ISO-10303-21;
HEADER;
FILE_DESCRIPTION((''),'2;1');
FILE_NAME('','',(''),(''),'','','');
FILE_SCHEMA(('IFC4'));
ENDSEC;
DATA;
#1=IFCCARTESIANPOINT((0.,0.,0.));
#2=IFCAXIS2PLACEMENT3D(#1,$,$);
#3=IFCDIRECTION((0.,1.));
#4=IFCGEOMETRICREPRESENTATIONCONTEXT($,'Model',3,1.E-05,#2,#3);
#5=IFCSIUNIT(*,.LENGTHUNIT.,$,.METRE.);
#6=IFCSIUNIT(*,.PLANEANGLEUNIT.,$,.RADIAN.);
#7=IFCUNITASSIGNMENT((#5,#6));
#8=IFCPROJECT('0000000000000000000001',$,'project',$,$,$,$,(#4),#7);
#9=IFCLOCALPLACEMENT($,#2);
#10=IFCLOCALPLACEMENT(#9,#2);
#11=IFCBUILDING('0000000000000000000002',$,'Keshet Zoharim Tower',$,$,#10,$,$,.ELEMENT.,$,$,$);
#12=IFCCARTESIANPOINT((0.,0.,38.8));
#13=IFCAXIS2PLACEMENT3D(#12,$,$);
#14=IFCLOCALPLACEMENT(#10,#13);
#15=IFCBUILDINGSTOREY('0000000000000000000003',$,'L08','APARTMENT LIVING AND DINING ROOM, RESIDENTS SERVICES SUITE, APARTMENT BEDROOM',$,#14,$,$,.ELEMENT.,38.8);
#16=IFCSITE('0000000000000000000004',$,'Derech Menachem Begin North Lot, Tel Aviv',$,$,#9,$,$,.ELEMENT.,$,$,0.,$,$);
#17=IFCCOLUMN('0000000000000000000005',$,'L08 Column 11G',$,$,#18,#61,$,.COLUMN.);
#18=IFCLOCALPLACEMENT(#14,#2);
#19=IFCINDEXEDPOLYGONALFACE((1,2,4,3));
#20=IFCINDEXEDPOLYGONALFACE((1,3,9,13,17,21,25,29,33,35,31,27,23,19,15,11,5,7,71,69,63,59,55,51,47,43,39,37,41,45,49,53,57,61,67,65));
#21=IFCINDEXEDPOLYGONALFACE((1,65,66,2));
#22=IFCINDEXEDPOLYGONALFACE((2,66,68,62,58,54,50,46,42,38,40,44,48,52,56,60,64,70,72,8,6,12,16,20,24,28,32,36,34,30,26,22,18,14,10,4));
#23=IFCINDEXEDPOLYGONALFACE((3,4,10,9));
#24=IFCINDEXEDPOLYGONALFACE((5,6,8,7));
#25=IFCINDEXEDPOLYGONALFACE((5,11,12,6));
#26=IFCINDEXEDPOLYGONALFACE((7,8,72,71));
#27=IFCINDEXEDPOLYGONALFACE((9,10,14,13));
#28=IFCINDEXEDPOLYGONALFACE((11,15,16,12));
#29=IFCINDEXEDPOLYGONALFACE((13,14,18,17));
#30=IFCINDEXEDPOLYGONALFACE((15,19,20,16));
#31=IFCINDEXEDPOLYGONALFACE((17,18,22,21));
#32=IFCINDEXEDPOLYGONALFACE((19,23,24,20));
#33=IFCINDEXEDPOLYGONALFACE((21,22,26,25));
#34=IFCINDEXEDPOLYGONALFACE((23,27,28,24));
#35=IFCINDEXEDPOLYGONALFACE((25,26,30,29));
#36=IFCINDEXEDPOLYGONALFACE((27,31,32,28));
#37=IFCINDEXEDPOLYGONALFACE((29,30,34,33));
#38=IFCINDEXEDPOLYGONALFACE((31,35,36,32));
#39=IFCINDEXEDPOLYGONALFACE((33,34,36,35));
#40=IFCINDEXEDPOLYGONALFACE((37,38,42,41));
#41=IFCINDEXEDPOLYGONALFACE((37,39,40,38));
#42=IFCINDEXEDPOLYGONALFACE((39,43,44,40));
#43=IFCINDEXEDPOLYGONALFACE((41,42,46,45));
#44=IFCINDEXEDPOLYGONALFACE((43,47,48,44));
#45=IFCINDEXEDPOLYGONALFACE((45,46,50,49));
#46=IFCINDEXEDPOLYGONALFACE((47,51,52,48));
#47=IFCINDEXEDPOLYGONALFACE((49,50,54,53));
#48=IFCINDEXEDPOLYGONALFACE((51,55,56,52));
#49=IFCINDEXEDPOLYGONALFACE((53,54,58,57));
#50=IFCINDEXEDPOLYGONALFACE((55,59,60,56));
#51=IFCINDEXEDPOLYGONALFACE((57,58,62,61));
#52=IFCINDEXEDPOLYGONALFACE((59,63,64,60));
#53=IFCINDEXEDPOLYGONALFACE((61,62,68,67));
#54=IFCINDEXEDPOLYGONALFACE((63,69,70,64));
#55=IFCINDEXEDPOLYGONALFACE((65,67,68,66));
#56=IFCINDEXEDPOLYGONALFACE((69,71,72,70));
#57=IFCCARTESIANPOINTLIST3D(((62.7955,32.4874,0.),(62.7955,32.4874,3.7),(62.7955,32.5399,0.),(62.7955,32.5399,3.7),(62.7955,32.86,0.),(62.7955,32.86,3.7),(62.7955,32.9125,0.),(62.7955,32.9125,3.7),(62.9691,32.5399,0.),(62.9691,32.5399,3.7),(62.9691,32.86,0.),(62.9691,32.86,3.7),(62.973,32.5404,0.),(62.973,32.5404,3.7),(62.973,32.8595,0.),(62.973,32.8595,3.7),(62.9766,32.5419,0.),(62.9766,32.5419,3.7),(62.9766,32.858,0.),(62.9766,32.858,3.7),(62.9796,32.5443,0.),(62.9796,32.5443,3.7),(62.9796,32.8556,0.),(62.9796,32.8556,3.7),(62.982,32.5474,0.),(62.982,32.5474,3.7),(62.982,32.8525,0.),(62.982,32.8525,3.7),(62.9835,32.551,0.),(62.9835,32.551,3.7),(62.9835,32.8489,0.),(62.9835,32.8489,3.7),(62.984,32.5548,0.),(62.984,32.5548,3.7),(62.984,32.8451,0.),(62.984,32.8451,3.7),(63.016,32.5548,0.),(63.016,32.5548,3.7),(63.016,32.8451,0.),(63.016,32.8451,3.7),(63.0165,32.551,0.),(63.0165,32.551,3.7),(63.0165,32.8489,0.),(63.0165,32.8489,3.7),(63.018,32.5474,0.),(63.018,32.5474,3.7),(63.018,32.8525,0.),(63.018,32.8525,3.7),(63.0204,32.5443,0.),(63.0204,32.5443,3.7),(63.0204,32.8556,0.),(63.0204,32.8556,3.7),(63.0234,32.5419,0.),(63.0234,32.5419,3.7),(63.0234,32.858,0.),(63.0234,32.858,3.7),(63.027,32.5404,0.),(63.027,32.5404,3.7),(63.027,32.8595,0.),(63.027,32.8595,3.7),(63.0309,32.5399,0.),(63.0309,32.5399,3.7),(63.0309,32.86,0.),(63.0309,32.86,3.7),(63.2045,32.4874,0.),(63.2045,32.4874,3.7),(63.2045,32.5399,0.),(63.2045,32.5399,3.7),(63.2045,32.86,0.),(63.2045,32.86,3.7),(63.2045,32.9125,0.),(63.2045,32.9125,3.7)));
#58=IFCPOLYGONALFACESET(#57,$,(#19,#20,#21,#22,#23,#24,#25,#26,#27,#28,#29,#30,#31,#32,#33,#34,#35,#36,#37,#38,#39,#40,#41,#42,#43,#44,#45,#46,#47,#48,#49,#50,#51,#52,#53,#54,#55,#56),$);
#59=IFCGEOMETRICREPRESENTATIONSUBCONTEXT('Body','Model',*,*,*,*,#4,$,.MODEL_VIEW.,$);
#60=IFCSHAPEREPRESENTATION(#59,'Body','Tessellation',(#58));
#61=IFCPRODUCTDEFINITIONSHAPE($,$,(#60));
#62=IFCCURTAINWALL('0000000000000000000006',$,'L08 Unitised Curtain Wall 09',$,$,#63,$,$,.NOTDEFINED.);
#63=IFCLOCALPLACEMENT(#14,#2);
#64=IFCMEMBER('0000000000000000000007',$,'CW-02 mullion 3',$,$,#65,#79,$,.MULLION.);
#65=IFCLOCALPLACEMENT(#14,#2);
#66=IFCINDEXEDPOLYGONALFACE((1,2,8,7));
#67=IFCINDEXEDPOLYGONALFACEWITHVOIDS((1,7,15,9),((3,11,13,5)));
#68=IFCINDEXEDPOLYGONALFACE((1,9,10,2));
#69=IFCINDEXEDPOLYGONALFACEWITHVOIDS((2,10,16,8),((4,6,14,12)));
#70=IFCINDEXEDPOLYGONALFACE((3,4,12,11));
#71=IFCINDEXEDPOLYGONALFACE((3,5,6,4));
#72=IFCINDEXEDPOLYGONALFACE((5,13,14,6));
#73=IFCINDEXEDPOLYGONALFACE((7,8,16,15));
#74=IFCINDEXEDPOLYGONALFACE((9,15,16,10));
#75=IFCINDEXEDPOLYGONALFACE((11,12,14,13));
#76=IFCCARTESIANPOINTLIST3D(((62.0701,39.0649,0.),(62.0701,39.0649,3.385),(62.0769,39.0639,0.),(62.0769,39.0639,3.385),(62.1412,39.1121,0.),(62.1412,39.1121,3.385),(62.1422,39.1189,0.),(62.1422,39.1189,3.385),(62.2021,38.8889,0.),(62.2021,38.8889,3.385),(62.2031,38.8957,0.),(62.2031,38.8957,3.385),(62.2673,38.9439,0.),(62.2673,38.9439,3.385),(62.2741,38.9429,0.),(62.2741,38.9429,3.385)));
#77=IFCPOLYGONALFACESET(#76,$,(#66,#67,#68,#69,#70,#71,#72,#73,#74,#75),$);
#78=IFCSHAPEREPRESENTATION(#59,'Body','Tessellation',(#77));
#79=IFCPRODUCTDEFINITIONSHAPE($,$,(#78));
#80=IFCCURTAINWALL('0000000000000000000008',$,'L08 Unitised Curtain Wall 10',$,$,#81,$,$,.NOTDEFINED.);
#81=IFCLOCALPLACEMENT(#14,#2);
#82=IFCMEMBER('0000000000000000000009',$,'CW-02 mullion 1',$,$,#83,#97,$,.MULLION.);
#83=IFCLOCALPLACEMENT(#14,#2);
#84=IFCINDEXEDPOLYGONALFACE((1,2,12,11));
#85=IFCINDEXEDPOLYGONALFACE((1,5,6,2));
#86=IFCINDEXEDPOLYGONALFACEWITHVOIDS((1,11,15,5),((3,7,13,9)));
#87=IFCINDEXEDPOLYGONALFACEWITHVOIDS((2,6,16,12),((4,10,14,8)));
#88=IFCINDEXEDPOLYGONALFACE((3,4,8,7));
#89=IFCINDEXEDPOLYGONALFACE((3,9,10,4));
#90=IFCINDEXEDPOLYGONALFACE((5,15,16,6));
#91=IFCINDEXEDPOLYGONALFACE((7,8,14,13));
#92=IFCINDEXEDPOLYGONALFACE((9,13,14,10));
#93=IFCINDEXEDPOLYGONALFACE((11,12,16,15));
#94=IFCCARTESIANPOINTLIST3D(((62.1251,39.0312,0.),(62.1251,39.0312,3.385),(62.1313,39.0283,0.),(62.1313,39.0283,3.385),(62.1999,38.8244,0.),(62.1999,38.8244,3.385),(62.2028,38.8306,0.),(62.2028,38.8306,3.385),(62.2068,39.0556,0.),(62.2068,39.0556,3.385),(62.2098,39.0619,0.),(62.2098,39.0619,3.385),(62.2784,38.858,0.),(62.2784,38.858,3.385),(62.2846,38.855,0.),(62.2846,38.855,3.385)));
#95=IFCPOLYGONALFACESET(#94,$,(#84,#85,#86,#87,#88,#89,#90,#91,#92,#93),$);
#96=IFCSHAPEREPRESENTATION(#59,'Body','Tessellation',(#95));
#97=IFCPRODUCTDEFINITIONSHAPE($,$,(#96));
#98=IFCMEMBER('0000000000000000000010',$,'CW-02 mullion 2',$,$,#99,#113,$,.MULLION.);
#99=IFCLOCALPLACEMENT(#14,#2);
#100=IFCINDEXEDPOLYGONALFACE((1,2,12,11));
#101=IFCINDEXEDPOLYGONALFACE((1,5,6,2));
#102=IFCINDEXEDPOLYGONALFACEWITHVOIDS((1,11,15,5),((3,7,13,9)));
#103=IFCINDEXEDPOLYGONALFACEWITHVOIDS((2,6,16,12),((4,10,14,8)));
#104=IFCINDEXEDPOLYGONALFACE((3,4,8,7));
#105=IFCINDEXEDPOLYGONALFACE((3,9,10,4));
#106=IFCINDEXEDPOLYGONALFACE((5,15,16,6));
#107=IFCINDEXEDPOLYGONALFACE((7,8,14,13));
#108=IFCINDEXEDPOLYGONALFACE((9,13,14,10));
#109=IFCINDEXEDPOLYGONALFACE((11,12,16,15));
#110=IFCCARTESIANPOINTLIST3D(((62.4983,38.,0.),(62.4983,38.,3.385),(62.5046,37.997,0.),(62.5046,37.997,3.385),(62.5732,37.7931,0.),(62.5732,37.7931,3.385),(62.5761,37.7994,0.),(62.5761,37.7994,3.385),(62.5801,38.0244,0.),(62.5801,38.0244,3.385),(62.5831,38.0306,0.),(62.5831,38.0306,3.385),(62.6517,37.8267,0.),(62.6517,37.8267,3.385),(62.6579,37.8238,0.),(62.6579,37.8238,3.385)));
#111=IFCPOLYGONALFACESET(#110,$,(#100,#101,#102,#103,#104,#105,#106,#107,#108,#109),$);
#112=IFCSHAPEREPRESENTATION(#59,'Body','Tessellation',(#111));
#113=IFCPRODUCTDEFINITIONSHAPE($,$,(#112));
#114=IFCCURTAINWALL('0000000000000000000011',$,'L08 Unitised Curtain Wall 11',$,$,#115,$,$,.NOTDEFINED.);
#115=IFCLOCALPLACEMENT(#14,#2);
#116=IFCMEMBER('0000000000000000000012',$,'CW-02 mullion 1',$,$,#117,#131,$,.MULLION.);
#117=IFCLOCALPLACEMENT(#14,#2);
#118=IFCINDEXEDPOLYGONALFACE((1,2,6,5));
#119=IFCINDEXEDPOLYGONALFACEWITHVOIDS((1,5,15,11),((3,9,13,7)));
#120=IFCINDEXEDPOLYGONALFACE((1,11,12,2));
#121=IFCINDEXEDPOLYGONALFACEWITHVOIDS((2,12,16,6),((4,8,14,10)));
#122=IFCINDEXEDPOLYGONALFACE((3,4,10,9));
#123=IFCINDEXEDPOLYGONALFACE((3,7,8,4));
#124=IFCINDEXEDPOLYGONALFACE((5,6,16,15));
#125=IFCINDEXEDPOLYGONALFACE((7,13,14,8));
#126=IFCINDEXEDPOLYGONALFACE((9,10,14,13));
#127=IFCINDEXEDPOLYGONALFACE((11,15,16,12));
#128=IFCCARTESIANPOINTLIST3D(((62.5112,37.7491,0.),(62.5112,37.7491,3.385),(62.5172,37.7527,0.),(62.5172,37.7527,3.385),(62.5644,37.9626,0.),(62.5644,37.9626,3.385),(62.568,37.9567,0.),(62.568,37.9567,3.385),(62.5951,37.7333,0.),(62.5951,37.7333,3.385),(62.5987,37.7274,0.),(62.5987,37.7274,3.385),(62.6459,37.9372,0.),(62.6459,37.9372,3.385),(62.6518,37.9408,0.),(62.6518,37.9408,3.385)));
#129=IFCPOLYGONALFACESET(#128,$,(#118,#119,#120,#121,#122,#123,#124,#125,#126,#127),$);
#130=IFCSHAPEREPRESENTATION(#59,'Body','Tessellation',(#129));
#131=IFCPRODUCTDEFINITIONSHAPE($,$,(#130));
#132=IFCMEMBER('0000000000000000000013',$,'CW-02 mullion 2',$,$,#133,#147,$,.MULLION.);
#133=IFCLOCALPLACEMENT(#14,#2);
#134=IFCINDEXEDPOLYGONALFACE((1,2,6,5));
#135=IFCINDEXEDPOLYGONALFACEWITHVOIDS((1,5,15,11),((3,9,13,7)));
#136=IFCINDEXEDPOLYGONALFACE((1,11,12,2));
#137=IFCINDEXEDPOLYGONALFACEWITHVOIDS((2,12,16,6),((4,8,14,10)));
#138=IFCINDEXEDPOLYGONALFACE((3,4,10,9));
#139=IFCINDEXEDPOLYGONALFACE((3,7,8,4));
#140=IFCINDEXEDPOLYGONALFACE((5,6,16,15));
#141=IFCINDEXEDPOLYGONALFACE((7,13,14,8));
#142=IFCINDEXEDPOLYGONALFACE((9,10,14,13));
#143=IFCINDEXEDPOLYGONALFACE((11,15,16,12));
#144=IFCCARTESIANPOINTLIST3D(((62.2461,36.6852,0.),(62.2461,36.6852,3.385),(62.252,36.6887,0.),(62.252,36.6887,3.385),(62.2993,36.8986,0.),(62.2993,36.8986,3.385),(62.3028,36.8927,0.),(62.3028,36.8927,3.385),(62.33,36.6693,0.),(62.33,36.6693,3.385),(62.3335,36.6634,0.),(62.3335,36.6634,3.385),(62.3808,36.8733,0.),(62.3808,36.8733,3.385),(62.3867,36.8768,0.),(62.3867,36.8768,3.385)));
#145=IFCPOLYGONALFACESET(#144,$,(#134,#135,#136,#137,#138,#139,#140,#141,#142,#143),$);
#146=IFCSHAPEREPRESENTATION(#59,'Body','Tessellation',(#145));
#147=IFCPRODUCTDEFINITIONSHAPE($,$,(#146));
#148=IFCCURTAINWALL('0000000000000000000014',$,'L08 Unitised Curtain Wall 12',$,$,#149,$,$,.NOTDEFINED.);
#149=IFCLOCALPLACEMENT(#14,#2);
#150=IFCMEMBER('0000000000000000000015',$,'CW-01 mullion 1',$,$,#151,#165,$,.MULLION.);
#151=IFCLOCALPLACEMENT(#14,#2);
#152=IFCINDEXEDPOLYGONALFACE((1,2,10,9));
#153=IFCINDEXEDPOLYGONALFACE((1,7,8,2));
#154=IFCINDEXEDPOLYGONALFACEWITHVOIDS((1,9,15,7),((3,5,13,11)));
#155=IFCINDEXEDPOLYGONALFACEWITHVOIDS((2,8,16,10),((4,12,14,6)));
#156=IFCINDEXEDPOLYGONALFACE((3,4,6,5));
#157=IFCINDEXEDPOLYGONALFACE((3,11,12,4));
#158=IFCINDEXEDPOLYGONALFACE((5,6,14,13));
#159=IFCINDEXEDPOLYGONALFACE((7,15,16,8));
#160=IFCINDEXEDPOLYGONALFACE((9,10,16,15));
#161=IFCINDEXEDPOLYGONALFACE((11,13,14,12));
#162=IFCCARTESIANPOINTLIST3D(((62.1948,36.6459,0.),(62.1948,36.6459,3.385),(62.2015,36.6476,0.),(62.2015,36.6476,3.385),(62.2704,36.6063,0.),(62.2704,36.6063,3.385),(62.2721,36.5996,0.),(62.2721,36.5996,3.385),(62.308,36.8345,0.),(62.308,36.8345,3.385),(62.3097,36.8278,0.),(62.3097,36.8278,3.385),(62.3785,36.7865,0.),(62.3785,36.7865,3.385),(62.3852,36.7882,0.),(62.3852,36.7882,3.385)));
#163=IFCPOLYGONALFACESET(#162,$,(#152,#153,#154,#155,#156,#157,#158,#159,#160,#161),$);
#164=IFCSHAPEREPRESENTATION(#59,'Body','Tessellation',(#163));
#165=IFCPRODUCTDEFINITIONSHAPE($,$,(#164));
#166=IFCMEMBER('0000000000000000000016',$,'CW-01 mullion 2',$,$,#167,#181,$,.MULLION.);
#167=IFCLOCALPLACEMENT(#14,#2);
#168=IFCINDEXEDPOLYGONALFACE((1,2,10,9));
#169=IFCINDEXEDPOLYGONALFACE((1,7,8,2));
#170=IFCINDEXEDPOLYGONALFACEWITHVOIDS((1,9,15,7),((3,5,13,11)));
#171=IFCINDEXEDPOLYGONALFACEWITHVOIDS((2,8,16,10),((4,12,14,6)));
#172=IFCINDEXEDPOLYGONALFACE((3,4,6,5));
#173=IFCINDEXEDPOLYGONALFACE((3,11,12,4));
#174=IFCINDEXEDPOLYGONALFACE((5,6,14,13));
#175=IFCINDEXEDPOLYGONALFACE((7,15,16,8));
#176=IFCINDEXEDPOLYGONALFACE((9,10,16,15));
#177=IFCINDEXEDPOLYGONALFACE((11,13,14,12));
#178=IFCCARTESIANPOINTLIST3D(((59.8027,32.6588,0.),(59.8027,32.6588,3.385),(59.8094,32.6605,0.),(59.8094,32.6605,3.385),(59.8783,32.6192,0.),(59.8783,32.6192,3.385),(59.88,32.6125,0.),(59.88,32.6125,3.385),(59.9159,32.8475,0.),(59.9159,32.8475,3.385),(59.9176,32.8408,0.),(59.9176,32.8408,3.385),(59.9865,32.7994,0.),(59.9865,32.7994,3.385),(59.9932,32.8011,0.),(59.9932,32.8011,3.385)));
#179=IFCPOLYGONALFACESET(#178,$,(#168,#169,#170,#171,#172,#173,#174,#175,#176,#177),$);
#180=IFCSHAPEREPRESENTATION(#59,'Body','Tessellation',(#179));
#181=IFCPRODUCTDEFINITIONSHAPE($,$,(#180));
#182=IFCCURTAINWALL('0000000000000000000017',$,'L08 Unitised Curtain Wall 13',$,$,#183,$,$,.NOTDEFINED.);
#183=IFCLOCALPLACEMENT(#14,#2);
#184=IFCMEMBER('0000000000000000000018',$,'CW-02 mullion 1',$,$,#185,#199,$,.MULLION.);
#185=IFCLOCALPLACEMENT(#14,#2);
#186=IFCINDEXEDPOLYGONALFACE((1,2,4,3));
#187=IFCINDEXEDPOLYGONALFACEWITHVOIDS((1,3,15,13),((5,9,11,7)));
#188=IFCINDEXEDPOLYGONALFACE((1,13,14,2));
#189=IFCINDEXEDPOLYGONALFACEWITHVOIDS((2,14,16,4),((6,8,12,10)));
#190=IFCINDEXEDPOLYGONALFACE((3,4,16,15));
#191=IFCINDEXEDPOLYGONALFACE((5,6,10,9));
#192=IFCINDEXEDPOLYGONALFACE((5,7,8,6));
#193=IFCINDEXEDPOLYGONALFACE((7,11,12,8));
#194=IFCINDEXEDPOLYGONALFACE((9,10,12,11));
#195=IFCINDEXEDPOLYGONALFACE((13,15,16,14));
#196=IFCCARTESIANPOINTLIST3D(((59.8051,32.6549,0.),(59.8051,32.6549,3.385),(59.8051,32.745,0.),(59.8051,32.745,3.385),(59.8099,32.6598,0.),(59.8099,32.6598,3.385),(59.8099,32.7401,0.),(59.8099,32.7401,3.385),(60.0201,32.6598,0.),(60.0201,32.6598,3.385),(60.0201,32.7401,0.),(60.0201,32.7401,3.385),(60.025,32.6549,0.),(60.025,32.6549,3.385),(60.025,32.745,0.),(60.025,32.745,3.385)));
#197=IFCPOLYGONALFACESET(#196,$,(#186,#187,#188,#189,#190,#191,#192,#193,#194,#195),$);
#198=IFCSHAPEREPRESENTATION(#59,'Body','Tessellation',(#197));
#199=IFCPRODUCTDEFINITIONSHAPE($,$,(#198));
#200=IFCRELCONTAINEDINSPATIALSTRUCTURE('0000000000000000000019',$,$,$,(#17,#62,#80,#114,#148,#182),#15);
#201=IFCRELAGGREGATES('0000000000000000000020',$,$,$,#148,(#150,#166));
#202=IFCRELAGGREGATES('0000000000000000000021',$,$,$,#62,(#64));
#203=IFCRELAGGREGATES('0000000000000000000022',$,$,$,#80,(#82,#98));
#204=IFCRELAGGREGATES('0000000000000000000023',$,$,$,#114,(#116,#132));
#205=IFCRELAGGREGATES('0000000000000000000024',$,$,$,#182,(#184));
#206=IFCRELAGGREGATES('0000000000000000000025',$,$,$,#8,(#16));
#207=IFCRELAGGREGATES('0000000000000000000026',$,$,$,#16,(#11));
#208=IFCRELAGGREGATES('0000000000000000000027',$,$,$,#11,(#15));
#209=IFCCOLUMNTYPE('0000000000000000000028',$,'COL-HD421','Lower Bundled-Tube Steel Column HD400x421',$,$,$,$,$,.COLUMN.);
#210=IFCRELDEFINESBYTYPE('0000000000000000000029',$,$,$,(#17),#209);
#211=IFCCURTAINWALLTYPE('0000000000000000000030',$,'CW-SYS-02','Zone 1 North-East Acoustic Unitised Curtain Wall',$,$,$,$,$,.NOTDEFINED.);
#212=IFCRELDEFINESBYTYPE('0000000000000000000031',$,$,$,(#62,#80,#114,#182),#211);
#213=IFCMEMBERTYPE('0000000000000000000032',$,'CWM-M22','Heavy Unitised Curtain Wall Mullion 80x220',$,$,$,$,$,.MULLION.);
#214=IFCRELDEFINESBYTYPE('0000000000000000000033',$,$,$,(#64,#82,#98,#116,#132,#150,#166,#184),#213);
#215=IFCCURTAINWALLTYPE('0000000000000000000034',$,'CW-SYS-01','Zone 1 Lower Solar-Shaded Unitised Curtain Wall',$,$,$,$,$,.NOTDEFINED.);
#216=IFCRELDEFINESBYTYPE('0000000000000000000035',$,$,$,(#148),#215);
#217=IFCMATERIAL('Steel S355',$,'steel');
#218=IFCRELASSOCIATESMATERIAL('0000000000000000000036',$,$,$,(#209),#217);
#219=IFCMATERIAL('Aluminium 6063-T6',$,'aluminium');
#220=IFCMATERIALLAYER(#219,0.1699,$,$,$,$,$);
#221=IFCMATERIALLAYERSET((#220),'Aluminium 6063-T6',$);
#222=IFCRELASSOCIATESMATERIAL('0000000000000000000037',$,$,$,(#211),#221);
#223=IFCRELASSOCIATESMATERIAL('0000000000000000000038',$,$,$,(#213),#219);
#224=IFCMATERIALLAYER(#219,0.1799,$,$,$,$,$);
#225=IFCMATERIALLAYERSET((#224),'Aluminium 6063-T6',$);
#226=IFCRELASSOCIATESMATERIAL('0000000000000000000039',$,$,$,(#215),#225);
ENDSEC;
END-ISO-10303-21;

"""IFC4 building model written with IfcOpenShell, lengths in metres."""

from ifc_helpers import new_model, si_unit, direction, frame, origin, origin_2d, place, context, subcontext, project, spatial, hollow_rectangle, i_section, extrude, material, layer, layer_set, material_profile, profile_set, type_object, element, aggregate, save


model = new_model("IFC4")

# Units and contexts
model_context = context("Model", 3, precision=1e-05, world=origin(), true_north=direction((0.0, 1.0)))
body_context = subcontext(model_context, "Body", "Model", "MODEL_VIEW")
ifc_project = project(units=[si_unit("LENGTHUNIT", "METRE"), si_unit("PLANEANGLEUNIT", "RADIAN")], contexts=[model_context])

# Site, building, storey
site_placement = place(None, origin())
site = spatial("IfcSite", under=ifc_project, at=site_placement, Name="Derech Menachem Begin North Lot, Tel Aviv", CompositionType="ELEMENT", RefElevation=0.0)
building_placement = place(site_placement, origin())
building = spatial("IfcBuilding", under=site, at=building_placement, Name="Keshet Zoharim Tower", CompositionType="ELEMENT")
storey_placement = place(building_placement, frame((0.0, 0.0, 38.8)))
storey = spatial("IfcBuildingStorey", under=building, at=storey_placement, Name="L08", Description="APARTMENT LIVING AND DINING ROOM, RESIDENTS SERVICES SUITE, APARTMENT BEDROOM", CompositionType="ELEMENT", Elevation=38.8)

# Column
ifc_material_1 = material(Name="Steel S355", Category="steel")
ifc_material_profile_1 = material_profile(ifc_material_1, i_section(OverallWidth=0.4089, OverallDepth=0.425, WebThickness=0.032, FlangeThickness=0.0525, FilletRadius=0.0149, at=origin_2d()), Name="HD400x421")
ifc_profile_set_1 = profile_set([ifc_material_profile_1], Name="Steel S355")
column_type = type_object("IfcColumnType", Name="COL-HD421", Description="Lower Bundled-Tube Steel Column HD400x421", PredefinedType="COLUMN", material=ifc_profile_set_1)
column_placement = place(storey_placement, frame((63.0, 32.7, 0.0), z_axis=(0.0, 0.0, 1.0), x_axis=(1.0, 0.0, 0.0)))
element("IfcColumn", 1, at=column_placement, inside=storey, type_object=column_type, Name="L08 Column 11G", PredefinedType="COLUMN", context=body_context, shape_type="SweptSolid", body=[
    extrude(i_section(OverallWidth=0.4089, OverallDepth=0.425, WebThickness=0.032, FlangeThickness=0.0525, FilletRadius=0.0149, at=origin_2d()), origin(), (0.0, 0.0, 1.0), 3.7),
])

# Curtain wall, member
ifc_material_2 = material(Name="Aluminium 6063-T6", Category="aluminium")
ifc_layer_1 = layer(ifc_material_2, 0.1699)
ifc_layer_set_1 = layer_set([ifc_layer_1], Name="Aluminium 6063-T6")
curtain_wall_type_1 = type_object("IfcCurtainWallType", Name="CW-SYS-02", Description="Zone 1 North-East Acoustic Unitised Curtain Wall", PredefinedType="NOTDEFINED", material=ifc_layer_set_1)
curtain_wall_1_placement = place(storey_placement, origin())
curtain_wall_1 = element("IfcCurtainWall", 2, at=curtain_wall_1_placement, inside=storey, type_object=curtain_wall_type_1, Name="L08 Unitised Curtain Wall 09", PredefinedType="NOTDEFINED")
ifc_material_profile_2 = material_profile(ifc_material_2, hollow_rectangle(XDim=0.0901, YDim=0.22, WallThickness=0.0049, at=origin_2d()), Name="MUL-90x220")
ifc_profile_set_2 = profile_set([ifc_material_profile_2], Name="Aluminium 6063-T6")
member_type_1 = type_object("IfcMemberType", Name="CWM-M22", Description="Heavy Unitised Curtain Wall Mullion 80x220", PredefinedType="MULLION", material=ifc_profile_set_2)
member_1_placement = place(storey_placement, frame((62.1721, 39.0039, 0.0), z_axis=(0.0, 0.0, 1.0), x_axis=(0.8, 0.6, 0.0)))
member_1 = element("IfcMember", 3, at=member_1_placement, type_object=member_type_1, Name="CW-02 mullion 3", PredefinedType="MULLION", context=body_context, shape_type="SweptSolid", body=[
    extrude(hollow_rectangle(XDim=0.0901, YDim=0.22, WallThickness=0.0049, at=origin_2d()), origin(), (0.0, 0.0, 1.0), 3.385),
])

# Curtain walls, members
curtain_wall_2_placement = place(storey_placement, origin())
curtain_wall_2 = element("IfcCurtainWall", 4, at=curtain_wall_2_placement, inside=storey, type_object=curtain_wall_type_1, Name="L08 Unitised Curtain Wall 10", PredefinedType="NOTDEFINED")
member_2_placement = place(storey_placement, frame((62.2048, 38.9431, 0.0), z_axis=(0.0, 0.0, 1.0), x_axis=(0.940318, 0.340297, 0.0)))
member_2 = element("IfcMember", 5, at=member_2_placement, type_object=member_type_1, Name="CW-02 mullion 1", PredefinedType="MULLION", context=body_context, shape_type="SweptSolid", body=[
    extrude(hollow_rectangle(XDim=0.0901, YDim=0.22, WallThickness=0.0049, at=origin_2d()), origin(), (0.0, 0.0, 1.0), 3.385),
])
member_3_placement = place(storey_placement, frame((62.5781, 37.9119, 0.0), z_axis=(0.0, 0.0, 1.0), x_axis=(0.940318, 0.340297, 0.0)))
member_3 = element("IfcMember", 6, at=member_3_placement, type_object=member_type_1, Name="CW-02 mullion 2", PredefinedType="MULLION", context=body_context, shape_type="SweptSolid", body=[
    extrude(hollow_rectangle(XDim=0.0901, YDim=0.22, WallThickness=0.0049, at=origin_2d()), origin(), (0.0, 0.0, 1.0), 3.385),
])
curtain_wall_3_placement = place(storey_placement, origin())
curtain_wall_3 = element("IfcCurtainWall", 7, at=curtain_wall_3_placement, inside=storey, type_object=curtain_wall_type_1, Name="L08 Unitised Curtain Wall 11", PredefinedType="NOTDEFINED")
member_4_placement = place(storey_placement, frame((62.5815, 37.845, 0.0), z_axis=(0.0, 0.0, 1.0), x_axis=(0.970344, -0.241729, 0.0)))
member_4 = element("IfcMember", 8, at=member_4_placement, type_object=member_type_1, Name="CW-02 mullion 1", PredefinedType="MULLION", context=body_context, shape_type="SweptSolid", body=[
    extrude(hollow_rectangle(XDim=0.0901, YDim=0.22, WallThickness=0.0049, at=origin_2d()), origin(), (0.0, 0.0, 1.0), 3.385),
])
member_5_placement = place(storey_placement, frame((62.3164, 36.781, 0.0), z_axis=(0.0, 0.0, 1.0), x_axis=(0.970344, -0.241729, 0.0)))
member_5 = element("IfcMember", 9, at=member_5_placement, type_object=member_type_1, Name="CW-02 mullion 2", PredefinedType="MULLION", context=body_context, shape_type="SweptSolid", body=[
    extrude(hollow_rectangle(XDim=0.0901, YDim=0.22, WallThickness=0.0049, at=origin_2d()), origin(), (0.0, 0.0, 1.0), 3.385),
])
ifc_layer_2 = layer(ifc_material_2, 0.1799)
ifc_layer_set_2 = layer_set([ifc_layer_2], Name="Aluminium 6063-T6")
curtain_wall_type_2 = type_object("IfcCurtainWallType", Name="CW-SYS-01", Description="Zone 1 Lower Solar-Shaded Unitised Curtain Wall", PredefinedType="NOTDEFINED", material=ifc_layer_set_2)
curtain_wall_4_placement = place(storey_placement, origin())
curtain_wall_4 = element("IfcCurtainWall", 10, at=curtain_wall_4_placement, inside=storey, type_object=curtain_wall_type_2, Name="L08 Unitised Curtain Wall 12", PredefinedType="NOTDEFINED")
member_6_placement = place(storey_placement, frame((62.29, 36.717, 0.0), z_axis=(0.0, 0.0, 1.0), x_axis=(0.857512, -0.514465, 0.0)))
member_6 = element("IfcMember", 11, at=member_6_placement, type_object=member_type_1, Name="CW-01 mullion 1", PredefinedType="MULLION", context=body_context, shape_type="SweptSolid", body=[
    extrude(hollow_rectangle(XDim=0.0901, YDim=0.22, WallThickness=0.0049, at=origin_2d()), origin(), (0.0, 0.0, 1.0), 3.385),
])
member_7_placement = place(storey_placement, frame((59.8979, 32.73, 0.0), z_axis=(0.0, 0.0, 1.0), x_axis=(0.857512, -0.514465, 0.0)))
member_7 = element("IfcMember", 12, at=member_7_placement, type_object=member_type_1, Name="CW-01 mullion 2", PredefinedType="MULLION", context=body_context, shape_type="SweptSolid", body=[
    extrude(hollow_rectangle(XDim=0.0901, YDim=0.22, WallThickness=0.0049, at=origin_2d()), origin(), (0.0, 0.0, 1.0), 3.385),
])
curtain_wall_5_placement = place(storey_placement, origin())
curtain_wall_5 = element("IfcCurtainWall", 13, at=curtain_wall_5_placement, inside=storey, type_object=curtain_wall_type_1, Name="L08 Unitised Curtain Wall 13", PredefinedType="NOTDEFINED")
member_8_placement = place(storey_placement, frame((59.915, 32.7, 0.0), z_axis=(0.0, 0.0, 1.0), x_axis=(0.0, 1.0, 0.0)))
member_8 = element("IfcMember", 14, at=member_8_placement, type_object=member_type_1, Name="CW-02 mullion 1", PredefinedType="MULLION", context=body_context, shape_type="SweptSolid", body=[
    extrude(hollow_rectangle(XDim=0.0901, YDim=0.22, WallThickness=0.0049, at=origin_2d()), origin(), (0.0, 0.0, 1.0), 3.385),
])

aggregate(curtain_wall_4, [member_6, member_7])
aggregate(curtain_wall_1, [member_1])
aggregate(curtain_wall_2, [member_2, member_3])
aggregate(curtain_wall_3, [member_4, member_5])
aggregate(curtain_wall_5, [member_8])

save(model, "model.ifc")
